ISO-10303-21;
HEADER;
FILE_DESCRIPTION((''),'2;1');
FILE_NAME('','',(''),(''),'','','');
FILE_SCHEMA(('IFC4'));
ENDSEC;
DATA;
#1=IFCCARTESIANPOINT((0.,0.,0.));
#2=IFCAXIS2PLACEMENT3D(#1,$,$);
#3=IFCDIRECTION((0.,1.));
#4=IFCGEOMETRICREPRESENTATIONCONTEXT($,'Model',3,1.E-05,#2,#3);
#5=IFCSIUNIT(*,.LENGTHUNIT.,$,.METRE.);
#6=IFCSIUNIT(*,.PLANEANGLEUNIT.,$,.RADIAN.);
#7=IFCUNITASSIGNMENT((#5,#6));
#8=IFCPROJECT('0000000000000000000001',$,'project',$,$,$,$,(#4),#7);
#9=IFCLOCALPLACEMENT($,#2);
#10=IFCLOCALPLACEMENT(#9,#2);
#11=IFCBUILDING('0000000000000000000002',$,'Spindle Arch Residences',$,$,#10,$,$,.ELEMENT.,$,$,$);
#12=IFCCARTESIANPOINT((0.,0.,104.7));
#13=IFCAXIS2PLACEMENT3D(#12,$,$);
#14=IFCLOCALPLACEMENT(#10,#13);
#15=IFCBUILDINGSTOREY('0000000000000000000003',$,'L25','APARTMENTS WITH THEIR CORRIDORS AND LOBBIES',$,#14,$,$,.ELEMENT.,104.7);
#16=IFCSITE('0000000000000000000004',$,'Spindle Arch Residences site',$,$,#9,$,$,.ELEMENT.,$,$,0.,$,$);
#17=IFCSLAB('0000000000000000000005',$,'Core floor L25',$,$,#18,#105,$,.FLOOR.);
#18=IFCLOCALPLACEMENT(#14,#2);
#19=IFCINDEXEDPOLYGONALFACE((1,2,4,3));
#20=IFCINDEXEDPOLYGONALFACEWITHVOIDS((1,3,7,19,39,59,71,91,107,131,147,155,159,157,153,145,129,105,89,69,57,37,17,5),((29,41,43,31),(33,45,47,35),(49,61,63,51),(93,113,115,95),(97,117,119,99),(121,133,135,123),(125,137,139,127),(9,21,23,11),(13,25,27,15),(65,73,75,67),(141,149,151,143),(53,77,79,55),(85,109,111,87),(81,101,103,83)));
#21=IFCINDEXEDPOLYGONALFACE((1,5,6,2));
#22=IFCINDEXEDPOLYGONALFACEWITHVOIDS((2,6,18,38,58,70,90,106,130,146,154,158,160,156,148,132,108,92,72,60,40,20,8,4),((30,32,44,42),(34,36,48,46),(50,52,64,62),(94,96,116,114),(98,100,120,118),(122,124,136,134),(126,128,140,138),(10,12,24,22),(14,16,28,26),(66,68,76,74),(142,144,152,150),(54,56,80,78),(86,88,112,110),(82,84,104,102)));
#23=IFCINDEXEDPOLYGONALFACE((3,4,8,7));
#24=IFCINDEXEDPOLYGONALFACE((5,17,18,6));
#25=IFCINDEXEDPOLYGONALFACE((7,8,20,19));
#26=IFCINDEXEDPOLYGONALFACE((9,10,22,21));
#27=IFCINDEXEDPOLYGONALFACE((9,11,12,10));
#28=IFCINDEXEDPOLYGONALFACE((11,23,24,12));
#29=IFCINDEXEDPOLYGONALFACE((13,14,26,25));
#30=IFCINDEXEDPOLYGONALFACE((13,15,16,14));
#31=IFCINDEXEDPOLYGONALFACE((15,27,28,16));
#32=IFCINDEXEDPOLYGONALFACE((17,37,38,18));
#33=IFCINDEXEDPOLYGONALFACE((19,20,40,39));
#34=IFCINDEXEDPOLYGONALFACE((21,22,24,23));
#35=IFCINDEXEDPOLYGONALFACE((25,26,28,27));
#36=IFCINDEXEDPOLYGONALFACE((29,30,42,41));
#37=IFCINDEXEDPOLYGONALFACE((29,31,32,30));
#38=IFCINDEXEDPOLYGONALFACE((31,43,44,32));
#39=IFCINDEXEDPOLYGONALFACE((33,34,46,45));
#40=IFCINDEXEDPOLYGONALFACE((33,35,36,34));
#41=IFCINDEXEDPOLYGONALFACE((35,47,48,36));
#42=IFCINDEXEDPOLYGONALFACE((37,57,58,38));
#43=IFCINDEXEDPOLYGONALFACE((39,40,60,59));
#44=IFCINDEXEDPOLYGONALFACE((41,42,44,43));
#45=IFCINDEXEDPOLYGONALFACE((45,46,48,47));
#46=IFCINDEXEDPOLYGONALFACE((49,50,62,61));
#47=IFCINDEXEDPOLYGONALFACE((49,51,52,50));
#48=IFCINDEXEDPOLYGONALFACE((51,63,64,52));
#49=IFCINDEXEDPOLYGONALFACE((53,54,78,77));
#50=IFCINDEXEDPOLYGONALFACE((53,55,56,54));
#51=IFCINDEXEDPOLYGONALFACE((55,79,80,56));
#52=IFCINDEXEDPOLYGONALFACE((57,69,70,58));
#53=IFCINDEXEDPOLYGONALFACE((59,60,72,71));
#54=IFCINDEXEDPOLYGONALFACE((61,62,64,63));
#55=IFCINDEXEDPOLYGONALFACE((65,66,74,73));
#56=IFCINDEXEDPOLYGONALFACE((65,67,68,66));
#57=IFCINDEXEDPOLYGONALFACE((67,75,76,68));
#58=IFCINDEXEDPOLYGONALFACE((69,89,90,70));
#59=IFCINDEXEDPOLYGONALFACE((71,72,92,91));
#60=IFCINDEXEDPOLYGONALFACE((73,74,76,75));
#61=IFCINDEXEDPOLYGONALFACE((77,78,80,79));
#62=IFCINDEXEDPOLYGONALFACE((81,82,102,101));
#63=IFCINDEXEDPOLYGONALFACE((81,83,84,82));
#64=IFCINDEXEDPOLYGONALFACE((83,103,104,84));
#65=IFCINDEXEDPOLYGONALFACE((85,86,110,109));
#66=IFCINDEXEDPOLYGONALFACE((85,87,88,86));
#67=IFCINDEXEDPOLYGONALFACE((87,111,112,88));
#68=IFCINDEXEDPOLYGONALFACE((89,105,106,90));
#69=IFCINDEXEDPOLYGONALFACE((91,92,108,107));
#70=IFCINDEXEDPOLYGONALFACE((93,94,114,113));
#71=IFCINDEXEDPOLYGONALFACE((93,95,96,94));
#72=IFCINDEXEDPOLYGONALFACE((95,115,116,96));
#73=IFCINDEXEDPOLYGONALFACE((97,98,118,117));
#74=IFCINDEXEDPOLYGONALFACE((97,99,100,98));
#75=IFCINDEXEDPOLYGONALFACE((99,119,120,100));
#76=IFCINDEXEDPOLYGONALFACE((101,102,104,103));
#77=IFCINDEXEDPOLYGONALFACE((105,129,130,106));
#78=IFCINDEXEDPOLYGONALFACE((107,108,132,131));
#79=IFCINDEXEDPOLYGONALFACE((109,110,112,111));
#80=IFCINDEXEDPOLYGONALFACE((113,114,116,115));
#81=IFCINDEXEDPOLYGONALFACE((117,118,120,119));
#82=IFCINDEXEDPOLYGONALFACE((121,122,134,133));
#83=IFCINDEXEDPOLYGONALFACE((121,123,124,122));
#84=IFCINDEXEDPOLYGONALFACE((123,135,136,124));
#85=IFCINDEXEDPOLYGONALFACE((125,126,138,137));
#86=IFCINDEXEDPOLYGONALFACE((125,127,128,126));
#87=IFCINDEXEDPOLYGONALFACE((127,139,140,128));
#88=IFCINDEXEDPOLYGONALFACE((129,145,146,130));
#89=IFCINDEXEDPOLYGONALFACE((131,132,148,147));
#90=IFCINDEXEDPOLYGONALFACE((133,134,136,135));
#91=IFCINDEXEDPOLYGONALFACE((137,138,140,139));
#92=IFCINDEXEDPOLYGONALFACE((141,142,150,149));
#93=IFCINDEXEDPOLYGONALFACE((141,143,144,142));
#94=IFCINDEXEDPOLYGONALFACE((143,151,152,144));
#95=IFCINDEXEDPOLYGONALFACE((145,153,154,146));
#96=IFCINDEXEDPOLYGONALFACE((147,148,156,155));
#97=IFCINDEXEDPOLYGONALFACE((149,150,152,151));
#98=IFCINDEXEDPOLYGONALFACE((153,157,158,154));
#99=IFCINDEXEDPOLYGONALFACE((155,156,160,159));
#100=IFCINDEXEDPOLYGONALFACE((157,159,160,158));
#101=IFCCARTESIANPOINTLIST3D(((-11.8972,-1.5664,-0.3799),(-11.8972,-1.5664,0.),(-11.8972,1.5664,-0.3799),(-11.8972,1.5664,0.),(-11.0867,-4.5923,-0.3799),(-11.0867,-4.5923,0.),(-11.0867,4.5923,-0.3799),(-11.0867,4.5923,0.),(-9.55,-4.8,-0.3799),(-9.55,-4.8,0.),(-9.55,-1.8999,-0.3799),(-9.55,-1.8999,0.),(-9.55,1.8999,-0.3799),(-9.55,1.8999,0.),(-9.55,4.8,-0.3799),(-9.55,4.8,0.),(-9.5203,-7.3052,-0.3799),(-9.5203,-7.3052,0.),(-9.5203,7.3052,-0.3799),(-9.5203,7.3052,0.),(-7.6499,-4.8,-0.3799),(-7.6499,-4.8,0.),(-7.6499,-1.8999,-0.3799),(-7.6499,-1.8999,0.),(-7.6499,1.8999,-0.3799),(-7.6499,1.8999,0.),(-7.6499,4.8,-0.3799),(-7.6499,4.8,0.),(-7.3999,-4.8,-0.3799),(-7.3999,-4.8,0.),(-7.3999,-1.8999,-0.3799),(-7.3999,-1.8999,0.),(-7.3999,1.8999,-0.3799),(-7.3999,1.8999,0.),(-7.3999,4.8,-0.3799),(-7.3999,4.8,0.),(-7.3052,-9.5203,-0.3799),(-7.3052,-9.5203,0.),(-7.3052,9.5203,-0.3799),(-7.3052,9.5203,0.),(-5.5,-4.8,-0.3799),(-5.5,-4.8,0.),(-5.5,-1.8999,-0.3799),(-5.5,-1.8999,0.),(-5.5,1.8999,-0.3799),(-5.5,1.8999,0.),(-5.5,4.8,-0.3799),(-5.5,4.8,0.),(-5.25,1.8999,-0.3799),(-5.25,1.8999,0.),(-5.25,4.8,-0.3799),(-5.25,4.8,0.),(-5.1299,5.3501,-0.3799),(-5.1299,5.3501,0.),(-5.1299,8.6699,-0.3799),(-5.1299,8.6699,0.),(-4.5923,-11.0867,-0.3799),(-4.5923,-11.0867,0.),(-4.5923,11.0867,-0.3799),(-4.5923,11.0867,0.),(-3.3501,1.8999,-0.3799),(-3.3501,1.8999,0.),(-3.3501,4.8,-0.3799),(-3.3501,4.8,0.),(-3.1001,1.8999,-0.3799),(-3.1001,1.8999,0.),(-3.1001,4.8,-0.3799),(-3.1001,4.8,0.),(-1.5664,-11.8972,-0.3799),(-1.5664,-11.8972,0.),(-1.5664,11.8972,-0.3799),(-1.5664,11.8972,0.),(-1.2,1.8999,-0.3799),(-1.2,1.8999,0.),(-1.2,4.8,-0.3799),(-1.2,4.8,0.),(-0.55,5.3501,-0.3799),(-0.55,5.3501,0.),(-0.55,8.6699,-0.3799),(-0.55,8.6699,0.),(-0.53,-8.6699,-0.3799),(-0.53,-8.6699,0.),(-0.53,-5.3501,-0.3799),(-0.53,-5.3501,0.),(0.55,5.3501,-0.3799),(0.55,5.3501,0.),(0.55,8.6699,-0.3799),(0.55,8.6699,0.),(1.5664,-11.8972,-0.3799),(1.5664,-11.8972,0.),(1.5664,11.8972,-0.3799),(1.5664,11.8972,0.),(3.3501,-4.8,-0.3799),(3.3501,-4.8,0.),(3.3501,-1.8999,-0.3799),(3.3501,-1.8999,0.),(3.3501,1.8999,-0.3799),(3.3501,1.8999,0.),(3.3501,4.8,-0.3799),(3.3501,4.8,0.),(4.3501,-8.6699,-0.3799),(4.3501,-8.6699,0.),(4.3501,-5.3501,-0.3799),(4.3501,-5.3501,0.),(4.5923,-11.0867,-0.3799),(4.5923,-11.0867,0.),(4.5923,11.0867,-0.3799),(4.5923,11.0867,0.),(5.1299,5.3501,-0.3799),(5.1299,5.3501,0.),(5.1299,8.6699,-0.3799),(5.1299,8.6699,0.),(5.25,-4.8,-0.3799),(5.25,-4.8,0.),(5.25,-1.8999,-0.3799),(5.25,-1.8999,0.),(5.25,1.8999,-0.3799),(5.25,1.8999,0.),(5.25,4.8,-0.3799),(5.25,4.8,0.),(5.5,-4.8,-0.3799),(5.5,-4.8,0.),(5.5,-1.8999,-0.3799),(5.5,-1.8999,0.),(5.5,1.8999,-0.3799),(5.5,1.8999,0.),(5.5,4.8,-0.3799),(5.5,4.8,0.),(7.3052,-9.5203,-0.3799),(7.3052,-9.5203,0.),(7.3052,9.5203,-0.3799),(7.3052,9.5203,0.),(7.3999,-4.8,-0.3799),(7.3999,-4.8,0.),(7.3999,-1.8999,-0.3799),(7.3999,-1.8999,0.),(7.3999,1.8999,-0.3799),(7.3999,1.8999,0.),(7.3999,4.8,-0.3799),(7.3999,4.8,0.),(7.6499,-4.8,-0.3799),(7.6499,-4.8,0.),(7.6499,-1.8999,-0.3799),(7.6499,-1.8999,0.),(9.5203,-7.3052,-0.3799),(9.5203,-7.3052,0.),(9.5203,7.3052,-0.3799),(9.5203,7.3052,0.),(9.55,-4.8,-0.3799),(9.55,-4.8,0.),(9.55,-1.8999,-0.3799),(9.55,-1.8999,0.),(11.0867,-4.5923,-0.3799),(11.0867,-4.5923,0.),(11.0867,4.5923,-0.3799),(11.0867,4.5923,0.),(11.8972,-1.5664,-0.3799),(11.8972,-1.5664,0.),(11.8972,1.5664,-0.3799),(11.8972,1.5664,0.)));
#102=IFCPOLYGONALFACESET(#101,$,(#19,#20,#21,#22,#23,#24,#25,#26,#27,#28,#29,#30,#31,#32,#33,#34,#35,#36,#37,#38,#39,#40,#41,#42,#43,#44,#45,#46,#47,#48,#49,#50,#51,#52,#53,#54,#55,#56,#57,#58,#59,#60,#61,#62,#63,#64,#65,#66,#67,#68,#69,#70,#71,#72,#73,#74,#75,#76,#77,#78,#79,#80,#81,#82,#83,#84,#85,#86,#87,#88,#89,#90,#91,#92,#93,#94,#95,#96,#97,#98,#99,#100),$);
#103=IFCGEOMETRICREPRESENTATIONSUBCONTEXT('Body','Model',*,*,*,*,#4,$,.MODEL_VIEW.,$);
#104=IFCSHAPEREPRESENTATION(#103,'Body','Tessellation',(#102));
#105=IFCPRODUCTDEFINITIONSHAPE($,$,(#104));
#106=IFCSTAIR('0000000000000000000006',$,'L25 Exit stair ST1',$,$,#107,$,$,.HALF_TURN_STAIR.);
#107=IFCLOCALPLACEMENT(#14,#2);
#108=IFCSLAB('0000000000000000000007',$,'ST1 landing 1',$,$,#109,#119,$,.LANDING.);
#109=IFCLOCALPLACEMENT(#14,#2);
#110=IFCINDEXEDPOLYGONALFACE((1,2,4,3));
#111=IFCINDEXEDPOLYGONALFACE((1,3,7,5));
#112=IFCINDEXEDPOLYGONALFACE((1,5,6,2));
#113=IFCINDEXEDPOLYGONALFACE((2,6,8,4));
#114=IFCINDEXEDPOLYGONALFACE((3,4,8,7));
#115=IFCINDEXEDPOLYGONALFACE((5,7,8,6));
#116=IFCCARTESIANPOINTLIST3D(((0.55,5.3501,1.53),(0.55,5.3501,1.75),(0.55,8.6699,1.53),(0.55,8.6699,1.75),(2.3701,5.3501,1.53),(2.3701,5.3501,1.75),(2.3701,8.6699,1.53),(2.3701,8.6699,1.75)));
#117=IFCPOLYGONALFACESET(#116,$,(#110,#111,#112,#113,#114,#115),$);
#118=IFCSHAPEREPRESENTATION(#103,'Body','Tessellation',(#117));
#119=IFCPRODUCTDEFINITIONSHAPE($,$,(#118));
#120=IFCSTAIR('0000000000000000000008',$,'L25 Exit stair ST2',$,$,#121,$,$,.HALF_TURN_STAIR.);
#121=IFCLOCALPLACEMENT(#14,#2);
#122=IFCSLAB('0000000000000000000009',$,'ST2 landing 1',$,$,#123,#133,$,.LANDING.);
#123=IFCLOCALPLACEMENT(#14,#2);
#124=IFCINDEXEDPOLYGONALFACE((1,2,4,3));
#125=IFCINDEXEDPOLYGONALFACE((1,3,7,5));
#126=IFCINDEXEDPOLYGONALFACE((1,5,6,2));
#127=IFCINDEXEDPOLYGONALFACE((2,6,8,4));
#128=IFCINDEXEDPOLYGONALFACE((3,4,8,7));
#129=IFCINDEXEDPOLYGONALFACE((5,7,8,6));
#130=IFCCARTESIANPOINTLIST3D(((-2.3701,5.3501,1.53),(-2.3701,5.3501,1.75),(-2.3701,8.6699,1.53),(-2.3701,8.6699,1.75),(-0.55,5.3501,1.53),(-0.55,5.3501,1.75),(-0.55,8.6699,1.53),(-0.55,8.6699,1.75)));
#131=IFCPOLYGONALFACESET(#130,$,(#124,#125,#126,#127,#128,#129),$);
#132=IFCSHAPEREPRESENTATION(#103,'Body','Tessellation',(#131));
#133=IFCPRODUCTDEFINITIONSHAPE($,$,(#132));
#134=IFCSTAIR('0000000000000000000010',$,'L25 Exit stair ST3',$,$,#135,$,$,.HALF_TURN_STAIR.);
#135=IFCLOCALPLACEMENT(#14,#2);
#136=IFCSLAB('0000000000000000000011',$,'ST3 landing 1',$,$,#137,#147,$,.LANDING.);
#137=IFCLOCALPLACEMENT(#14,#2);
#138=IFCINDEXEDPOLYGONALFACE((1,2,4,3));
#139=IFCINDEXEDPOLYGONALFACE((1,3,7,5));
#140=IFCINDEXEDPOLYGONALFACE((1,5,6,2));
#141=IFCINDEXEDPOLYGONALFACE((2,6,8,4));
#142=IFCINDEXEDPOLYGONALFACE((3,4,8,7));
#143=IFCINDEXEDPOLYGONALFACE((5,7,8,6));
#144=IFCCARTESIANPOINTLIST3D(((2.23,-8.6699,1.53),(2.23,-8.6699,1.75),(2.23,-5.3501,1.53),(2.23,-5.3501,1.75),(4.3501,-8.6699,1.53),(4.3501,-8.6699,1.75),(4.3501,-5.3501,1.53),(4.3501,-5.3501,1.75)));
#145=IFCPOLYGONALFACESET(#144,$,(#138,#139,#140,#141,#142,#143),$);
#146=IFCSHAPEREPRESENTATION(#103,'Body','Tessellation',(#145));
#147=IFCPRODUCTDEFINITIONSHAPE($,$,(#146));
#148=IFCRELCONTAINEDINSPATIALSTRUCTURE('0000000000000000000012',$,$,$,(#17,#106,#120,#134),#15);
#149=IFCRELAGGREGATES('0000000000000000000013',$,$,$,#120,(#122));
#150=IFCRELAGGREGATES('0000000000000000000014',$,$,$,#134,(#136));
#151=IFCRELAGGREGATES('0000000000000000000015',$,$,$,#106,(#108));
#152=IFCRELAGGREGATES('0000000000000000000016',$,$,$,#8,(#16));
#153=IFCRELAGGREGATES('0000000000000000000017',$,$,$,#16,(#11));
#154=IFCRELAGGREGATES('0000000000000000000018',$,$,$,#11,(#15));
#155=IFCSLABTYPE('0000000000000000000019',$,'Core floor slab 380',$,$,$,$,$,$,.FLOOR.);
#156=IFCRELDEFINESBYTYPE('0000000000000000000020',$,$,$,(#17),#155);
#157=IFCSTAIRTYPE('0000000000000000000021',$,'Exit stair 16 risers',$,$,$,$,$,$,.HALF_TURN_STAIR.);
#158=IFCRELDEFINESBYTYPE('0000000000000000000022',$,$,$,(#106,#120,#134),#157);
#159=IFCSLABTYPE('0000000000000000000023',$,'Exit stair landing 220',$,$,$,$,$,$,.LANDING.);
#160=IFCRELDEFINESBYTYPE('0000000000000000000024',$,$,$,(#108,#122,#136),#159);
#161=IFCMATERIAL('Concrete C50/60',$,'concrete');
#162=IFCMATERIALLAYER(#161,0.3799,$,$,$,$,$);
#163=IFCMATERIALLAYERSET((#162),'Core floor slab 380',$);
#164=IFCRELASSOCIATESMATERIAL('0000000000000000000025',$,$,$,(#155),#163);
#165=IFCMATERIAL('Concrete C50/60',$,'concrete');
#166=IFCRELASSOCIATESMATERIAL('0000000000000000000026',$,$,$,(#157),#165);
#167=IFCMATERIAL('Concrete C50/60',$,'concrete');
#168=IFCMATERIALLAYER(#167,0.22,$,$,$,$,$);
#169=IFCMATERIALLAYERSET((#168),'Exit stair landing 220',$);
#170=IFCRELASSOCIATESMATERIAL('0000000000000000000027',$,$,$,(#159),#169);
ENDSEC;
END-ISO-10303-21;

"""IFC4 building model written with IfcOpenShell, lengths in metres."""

from ifc_helpers import new_model, si_unit, direction, frame, origin, place, context, subcontext, project, spatial, polyline, outline, extrude, material, layer, layer_set, type_object, element, aggregate, save


model = new_model("IFC4")

# Units and contexts
model_context = context("Model", 3, precision=1e-05, world=origin(), true_north=direction((0.0, 1.0)))
body_context = subcontext(model_context, "Body", "Model", "MODEL_VIEW")
ifc_project = project(units=[si_unit("LENGTHUNIT", "METRE"), si_unit("PLANEANGLEUNIT", "RADIAN")], contexts=[model_context])

# Site, building, storey
site_placement = place(None, origin())
site = spatial("IfcSite", under=ifc_project, at=site_placement, Name="Spindle Arch Residences site", CompositionType="ELEMENT", RefElevation=0.0)
building_placement = place(site_placement, origin())
building = spatial("IfcBuilding", under=site, at=building_placement, Name="Spindle Arch Residences", CompositionType="ELEMENT")
storey_placement = place(building_placement, frame((0.0, 0.0, 104.7)))
storey = spatial("IfcBuildingStorey", under=building, at=storey_placement, Name="L25", Description="APARTMENTS WITH THEIR CORRIDORS AND LOBBIES", CompositionType="ELEMENT", Elevation=104.7)

# Slab
ifc_material_1 = material(Name="Concrete C50/60", Category="concrete")
ifc_layer_1 = layer(ifc_material_1, 0.3799)
ifc_layer_set_1 = layer_set([ifc_layer_1], Name="Core floor slab 380")
slab_type_1 = type_object("IfcSlabType", Name="Core floor slab 380", PredefinedType="FLOOR", material=ifc_layer_set_1)
slab_1_placement = place(storey_placement, frame((0.0, 0.0, -0.3799)))
element("IfcSlab", 1, at=slab_1_placement, inside=storey, type_object=slab_type_1, Name="Core floor L25", PredefinedType="FLOOR", context=body_context, shape_type="SweptSolid", body=[
    extrude(outline(polyline([(1.5664, -11.8972), (4.5923, -11.0867), (7.3052, -9.5203), (9.5203, -7.3052), (11.0867, -4.5923), (11.8972, -1.5664), (11.8972, 1.5664), (11.0867, 4.5923), (9.5203, 7.3052), (7.3052, 9.5203), (4.5923, 11.0867), (1.5664, 11.8972), (-1.5664, 11.8972), (-4.5923, 11.0867), (-7.3052, 9.5203), (-9.5203, 7.3052), (-11.0867, 4.5923), (-11.8972, 1.5664), (-11.8972, -1.5664), (-11.0867, -4.5923), (-9.5203, -7.3052), (-7.3052, -9.5203), (-4.5923, -11.0867), (-1.5664, -11.8972), (1.5664, -11.8972)]), holes=[polyline([(-9.55, 1.8999), (-7.6499, 1.8999), (-7.6499, 4.8), (-9.55, 4.8), (-9.55, 1.8999)]), polyline([(-7.3999, 1.8999), (-5.5, 1.8999), (-5.5, 4.8), (-7.3999, 4.8), (-7.3999, 1.8999)]), polyline([(-5.25, 1.8999), (-3.3501, 1.8999), (-3.3501, 4.8), (-5.25, 4.8), (-5.25, 1.8999)]), polyline([(-3.1001, 1.8999), (-1.2, 1.8999), (-1.2, 4.8), (-3.1001, 4.8), (-3.1001, 1.8999)]), polyline([(3.3501, 1.8999), (5.25, 1.8999), (5.25, 4.8), (3.3501, 4.8), (3.3501, 1.8999)]), polyline([(5.5, 1.8999), (7.3999, 1.8999), (7.3999, 4.8), (5.5, 4.8), (5.5, 1.8999)]), polyline([(-9.55, -4.8), (-7.6499, -4.8), (-7.6499, -1.8999), (-9.55, -1.8999), (-9.55, -4.8)]), polyline([(-7.3999, -4.8), (-5.5, -4.8), (-5.5, -1.8999), (-7.3999, -1.8999), (-7.3999, -4.8)]), polyline([(3.3501, -4.8), (5.25, -4.8), (5.25, -1.8999), (3.3501, -1.8999), (3.3501, -4.8)]), polyline([(5.5, -4.8), (7.3999, -4.8), (7.3999, -1.8999), (5.5, -1.8999), (5.5, -4.8)]), polyline([(7.6499, -4.8), (9.55, -4.8), (9.55, -1.8999), (7.6499, -1.8999), (7.6499, -4.8)]), polyline([(5.1299, 8.6699), (0.55, 8.6699), (0.55, 5.3501), (5.1299, 5.3501), (5.1299, 8.6699)]), polyline([(-5.1299, 5.3501), (-0.55, 5.3501), (-0.55, 8.6699), (-5.1299, 8.6699), (-5.1299, 5.3501)]), polyline([(-0.53, -8.6699), (4.3501, -8.6699), (4.3501, -5.3501), (-0.53, -5.3501), (-0.53, -8.6699)])]), origin(), (0.0, 0.0, 1.0), 0.3799),
])

# Stairs, slabs
ifc_material_2 = material(Name="Concrete C50/60", Category="concrete")
stair_type = type_object("IfcStairType", Name="Exit stair 16 risers", PredefinedType="HALF_TURN_STAIR", material=ifc_material_2)
stair_1_placement = place(storey_placement, origin())
stair_1 = element("IfcStair", 2, at=stair_1_placement, inside=storey, type_object=stair_type, Name="L25 Exit stair ST1", PredefinedType="HALF_TURN_STAIR")
ifc_material_3 = material(Name="Concrete C50/60", Category="concrete")
ifc_layer_2 = layer(ifc_material_3, 0.22)
ifc_layer_set_2 = layer_set([ifc_layer_2], Name="Exit stair landing 220")
slab_type_2 = type_object("IfcSlabType", Name="Exit stair landing 220", PredefinedType="LANDING", material=ifc_layer_set_2)
slab_2_placement = place(storey_placement, frame((0.0, 0.0, 1.53)))
slab_2 = element("IfcSlab", 3, at=slab_2_placement, type_object=slab_type_2, Name="ST1 landing 1", PredefinedType="LANDING", context=body_context, shape_type="SweptSolid", body=[
    extrude(outline(polyline([(2.3701, 8.6699), (0.55, 8.6699), (0.55, 5.3501), (2.3701, 5.3501), (2.3701, 8.6699)])), origin(), (0.0, 0.0, 1.0), 0.22),
])
stair_2_placement = place(storey_placement, origin())
stair_2 = element("IfcStair", 4, at=stair_2_placement, inside=storey, type_object=stair_type, Name="L25 Exit stair ST2", PredefinedType="HALF_TURN_STAIR")
slab_3_placement = place(storey_placement, frame((0.0, 0.0, 1.53)))
slab_3 = element("IfcSlab", 5, at=slab_3_placement, type_object=slab_type_2, Name="ST2 landing 1", PredefinedType="LANDING", context=body_context, shape_type="SweptSolid", body=[
    extrude(outline(polyline([(-2.3701, 5.3501), (-0.55, 5.3501), (-0.55, 8.6699), (-2.3701, 8.6699), (-2.3701, 5.3501)])), origin(), (0.0, 0.0, 1.0), 0.22),
])
aggregate(stair_2, [slab_3])
stair_3_placement = place(storey_placement, origin())
stair_3 = element("IfcStair", 6, at=stair_3_placement, inside=storey, type_object=stair_type, Name="L25 Exit stair ST3", PredefinedType="HALF_TURN_STAIR")
slab_4_placement = place(storey_placement, frame((0.0, 0.0, 1.53)))
slab_4 = element("IfcSlab", 7, at=slab_4_placement, type_object=slab_type_2, Name="ST3 landing 1", PredefinedType="LANDING", context=body_context, shape_type="SweptSolid", body=[
    extrude(outline(polyline([(2.23, -8.6699), (4.3501, -8.6699), (4.3501, -5.3501), (2.23, -5.3501), (2.23, -8.6699)])), origin(), (0.0, 0.0, 1.0), 0.22),
])
aggregate(stair_3, [slab_4])

aggregate(stair_1, [slab_2])

save(model, "model.ifc")
